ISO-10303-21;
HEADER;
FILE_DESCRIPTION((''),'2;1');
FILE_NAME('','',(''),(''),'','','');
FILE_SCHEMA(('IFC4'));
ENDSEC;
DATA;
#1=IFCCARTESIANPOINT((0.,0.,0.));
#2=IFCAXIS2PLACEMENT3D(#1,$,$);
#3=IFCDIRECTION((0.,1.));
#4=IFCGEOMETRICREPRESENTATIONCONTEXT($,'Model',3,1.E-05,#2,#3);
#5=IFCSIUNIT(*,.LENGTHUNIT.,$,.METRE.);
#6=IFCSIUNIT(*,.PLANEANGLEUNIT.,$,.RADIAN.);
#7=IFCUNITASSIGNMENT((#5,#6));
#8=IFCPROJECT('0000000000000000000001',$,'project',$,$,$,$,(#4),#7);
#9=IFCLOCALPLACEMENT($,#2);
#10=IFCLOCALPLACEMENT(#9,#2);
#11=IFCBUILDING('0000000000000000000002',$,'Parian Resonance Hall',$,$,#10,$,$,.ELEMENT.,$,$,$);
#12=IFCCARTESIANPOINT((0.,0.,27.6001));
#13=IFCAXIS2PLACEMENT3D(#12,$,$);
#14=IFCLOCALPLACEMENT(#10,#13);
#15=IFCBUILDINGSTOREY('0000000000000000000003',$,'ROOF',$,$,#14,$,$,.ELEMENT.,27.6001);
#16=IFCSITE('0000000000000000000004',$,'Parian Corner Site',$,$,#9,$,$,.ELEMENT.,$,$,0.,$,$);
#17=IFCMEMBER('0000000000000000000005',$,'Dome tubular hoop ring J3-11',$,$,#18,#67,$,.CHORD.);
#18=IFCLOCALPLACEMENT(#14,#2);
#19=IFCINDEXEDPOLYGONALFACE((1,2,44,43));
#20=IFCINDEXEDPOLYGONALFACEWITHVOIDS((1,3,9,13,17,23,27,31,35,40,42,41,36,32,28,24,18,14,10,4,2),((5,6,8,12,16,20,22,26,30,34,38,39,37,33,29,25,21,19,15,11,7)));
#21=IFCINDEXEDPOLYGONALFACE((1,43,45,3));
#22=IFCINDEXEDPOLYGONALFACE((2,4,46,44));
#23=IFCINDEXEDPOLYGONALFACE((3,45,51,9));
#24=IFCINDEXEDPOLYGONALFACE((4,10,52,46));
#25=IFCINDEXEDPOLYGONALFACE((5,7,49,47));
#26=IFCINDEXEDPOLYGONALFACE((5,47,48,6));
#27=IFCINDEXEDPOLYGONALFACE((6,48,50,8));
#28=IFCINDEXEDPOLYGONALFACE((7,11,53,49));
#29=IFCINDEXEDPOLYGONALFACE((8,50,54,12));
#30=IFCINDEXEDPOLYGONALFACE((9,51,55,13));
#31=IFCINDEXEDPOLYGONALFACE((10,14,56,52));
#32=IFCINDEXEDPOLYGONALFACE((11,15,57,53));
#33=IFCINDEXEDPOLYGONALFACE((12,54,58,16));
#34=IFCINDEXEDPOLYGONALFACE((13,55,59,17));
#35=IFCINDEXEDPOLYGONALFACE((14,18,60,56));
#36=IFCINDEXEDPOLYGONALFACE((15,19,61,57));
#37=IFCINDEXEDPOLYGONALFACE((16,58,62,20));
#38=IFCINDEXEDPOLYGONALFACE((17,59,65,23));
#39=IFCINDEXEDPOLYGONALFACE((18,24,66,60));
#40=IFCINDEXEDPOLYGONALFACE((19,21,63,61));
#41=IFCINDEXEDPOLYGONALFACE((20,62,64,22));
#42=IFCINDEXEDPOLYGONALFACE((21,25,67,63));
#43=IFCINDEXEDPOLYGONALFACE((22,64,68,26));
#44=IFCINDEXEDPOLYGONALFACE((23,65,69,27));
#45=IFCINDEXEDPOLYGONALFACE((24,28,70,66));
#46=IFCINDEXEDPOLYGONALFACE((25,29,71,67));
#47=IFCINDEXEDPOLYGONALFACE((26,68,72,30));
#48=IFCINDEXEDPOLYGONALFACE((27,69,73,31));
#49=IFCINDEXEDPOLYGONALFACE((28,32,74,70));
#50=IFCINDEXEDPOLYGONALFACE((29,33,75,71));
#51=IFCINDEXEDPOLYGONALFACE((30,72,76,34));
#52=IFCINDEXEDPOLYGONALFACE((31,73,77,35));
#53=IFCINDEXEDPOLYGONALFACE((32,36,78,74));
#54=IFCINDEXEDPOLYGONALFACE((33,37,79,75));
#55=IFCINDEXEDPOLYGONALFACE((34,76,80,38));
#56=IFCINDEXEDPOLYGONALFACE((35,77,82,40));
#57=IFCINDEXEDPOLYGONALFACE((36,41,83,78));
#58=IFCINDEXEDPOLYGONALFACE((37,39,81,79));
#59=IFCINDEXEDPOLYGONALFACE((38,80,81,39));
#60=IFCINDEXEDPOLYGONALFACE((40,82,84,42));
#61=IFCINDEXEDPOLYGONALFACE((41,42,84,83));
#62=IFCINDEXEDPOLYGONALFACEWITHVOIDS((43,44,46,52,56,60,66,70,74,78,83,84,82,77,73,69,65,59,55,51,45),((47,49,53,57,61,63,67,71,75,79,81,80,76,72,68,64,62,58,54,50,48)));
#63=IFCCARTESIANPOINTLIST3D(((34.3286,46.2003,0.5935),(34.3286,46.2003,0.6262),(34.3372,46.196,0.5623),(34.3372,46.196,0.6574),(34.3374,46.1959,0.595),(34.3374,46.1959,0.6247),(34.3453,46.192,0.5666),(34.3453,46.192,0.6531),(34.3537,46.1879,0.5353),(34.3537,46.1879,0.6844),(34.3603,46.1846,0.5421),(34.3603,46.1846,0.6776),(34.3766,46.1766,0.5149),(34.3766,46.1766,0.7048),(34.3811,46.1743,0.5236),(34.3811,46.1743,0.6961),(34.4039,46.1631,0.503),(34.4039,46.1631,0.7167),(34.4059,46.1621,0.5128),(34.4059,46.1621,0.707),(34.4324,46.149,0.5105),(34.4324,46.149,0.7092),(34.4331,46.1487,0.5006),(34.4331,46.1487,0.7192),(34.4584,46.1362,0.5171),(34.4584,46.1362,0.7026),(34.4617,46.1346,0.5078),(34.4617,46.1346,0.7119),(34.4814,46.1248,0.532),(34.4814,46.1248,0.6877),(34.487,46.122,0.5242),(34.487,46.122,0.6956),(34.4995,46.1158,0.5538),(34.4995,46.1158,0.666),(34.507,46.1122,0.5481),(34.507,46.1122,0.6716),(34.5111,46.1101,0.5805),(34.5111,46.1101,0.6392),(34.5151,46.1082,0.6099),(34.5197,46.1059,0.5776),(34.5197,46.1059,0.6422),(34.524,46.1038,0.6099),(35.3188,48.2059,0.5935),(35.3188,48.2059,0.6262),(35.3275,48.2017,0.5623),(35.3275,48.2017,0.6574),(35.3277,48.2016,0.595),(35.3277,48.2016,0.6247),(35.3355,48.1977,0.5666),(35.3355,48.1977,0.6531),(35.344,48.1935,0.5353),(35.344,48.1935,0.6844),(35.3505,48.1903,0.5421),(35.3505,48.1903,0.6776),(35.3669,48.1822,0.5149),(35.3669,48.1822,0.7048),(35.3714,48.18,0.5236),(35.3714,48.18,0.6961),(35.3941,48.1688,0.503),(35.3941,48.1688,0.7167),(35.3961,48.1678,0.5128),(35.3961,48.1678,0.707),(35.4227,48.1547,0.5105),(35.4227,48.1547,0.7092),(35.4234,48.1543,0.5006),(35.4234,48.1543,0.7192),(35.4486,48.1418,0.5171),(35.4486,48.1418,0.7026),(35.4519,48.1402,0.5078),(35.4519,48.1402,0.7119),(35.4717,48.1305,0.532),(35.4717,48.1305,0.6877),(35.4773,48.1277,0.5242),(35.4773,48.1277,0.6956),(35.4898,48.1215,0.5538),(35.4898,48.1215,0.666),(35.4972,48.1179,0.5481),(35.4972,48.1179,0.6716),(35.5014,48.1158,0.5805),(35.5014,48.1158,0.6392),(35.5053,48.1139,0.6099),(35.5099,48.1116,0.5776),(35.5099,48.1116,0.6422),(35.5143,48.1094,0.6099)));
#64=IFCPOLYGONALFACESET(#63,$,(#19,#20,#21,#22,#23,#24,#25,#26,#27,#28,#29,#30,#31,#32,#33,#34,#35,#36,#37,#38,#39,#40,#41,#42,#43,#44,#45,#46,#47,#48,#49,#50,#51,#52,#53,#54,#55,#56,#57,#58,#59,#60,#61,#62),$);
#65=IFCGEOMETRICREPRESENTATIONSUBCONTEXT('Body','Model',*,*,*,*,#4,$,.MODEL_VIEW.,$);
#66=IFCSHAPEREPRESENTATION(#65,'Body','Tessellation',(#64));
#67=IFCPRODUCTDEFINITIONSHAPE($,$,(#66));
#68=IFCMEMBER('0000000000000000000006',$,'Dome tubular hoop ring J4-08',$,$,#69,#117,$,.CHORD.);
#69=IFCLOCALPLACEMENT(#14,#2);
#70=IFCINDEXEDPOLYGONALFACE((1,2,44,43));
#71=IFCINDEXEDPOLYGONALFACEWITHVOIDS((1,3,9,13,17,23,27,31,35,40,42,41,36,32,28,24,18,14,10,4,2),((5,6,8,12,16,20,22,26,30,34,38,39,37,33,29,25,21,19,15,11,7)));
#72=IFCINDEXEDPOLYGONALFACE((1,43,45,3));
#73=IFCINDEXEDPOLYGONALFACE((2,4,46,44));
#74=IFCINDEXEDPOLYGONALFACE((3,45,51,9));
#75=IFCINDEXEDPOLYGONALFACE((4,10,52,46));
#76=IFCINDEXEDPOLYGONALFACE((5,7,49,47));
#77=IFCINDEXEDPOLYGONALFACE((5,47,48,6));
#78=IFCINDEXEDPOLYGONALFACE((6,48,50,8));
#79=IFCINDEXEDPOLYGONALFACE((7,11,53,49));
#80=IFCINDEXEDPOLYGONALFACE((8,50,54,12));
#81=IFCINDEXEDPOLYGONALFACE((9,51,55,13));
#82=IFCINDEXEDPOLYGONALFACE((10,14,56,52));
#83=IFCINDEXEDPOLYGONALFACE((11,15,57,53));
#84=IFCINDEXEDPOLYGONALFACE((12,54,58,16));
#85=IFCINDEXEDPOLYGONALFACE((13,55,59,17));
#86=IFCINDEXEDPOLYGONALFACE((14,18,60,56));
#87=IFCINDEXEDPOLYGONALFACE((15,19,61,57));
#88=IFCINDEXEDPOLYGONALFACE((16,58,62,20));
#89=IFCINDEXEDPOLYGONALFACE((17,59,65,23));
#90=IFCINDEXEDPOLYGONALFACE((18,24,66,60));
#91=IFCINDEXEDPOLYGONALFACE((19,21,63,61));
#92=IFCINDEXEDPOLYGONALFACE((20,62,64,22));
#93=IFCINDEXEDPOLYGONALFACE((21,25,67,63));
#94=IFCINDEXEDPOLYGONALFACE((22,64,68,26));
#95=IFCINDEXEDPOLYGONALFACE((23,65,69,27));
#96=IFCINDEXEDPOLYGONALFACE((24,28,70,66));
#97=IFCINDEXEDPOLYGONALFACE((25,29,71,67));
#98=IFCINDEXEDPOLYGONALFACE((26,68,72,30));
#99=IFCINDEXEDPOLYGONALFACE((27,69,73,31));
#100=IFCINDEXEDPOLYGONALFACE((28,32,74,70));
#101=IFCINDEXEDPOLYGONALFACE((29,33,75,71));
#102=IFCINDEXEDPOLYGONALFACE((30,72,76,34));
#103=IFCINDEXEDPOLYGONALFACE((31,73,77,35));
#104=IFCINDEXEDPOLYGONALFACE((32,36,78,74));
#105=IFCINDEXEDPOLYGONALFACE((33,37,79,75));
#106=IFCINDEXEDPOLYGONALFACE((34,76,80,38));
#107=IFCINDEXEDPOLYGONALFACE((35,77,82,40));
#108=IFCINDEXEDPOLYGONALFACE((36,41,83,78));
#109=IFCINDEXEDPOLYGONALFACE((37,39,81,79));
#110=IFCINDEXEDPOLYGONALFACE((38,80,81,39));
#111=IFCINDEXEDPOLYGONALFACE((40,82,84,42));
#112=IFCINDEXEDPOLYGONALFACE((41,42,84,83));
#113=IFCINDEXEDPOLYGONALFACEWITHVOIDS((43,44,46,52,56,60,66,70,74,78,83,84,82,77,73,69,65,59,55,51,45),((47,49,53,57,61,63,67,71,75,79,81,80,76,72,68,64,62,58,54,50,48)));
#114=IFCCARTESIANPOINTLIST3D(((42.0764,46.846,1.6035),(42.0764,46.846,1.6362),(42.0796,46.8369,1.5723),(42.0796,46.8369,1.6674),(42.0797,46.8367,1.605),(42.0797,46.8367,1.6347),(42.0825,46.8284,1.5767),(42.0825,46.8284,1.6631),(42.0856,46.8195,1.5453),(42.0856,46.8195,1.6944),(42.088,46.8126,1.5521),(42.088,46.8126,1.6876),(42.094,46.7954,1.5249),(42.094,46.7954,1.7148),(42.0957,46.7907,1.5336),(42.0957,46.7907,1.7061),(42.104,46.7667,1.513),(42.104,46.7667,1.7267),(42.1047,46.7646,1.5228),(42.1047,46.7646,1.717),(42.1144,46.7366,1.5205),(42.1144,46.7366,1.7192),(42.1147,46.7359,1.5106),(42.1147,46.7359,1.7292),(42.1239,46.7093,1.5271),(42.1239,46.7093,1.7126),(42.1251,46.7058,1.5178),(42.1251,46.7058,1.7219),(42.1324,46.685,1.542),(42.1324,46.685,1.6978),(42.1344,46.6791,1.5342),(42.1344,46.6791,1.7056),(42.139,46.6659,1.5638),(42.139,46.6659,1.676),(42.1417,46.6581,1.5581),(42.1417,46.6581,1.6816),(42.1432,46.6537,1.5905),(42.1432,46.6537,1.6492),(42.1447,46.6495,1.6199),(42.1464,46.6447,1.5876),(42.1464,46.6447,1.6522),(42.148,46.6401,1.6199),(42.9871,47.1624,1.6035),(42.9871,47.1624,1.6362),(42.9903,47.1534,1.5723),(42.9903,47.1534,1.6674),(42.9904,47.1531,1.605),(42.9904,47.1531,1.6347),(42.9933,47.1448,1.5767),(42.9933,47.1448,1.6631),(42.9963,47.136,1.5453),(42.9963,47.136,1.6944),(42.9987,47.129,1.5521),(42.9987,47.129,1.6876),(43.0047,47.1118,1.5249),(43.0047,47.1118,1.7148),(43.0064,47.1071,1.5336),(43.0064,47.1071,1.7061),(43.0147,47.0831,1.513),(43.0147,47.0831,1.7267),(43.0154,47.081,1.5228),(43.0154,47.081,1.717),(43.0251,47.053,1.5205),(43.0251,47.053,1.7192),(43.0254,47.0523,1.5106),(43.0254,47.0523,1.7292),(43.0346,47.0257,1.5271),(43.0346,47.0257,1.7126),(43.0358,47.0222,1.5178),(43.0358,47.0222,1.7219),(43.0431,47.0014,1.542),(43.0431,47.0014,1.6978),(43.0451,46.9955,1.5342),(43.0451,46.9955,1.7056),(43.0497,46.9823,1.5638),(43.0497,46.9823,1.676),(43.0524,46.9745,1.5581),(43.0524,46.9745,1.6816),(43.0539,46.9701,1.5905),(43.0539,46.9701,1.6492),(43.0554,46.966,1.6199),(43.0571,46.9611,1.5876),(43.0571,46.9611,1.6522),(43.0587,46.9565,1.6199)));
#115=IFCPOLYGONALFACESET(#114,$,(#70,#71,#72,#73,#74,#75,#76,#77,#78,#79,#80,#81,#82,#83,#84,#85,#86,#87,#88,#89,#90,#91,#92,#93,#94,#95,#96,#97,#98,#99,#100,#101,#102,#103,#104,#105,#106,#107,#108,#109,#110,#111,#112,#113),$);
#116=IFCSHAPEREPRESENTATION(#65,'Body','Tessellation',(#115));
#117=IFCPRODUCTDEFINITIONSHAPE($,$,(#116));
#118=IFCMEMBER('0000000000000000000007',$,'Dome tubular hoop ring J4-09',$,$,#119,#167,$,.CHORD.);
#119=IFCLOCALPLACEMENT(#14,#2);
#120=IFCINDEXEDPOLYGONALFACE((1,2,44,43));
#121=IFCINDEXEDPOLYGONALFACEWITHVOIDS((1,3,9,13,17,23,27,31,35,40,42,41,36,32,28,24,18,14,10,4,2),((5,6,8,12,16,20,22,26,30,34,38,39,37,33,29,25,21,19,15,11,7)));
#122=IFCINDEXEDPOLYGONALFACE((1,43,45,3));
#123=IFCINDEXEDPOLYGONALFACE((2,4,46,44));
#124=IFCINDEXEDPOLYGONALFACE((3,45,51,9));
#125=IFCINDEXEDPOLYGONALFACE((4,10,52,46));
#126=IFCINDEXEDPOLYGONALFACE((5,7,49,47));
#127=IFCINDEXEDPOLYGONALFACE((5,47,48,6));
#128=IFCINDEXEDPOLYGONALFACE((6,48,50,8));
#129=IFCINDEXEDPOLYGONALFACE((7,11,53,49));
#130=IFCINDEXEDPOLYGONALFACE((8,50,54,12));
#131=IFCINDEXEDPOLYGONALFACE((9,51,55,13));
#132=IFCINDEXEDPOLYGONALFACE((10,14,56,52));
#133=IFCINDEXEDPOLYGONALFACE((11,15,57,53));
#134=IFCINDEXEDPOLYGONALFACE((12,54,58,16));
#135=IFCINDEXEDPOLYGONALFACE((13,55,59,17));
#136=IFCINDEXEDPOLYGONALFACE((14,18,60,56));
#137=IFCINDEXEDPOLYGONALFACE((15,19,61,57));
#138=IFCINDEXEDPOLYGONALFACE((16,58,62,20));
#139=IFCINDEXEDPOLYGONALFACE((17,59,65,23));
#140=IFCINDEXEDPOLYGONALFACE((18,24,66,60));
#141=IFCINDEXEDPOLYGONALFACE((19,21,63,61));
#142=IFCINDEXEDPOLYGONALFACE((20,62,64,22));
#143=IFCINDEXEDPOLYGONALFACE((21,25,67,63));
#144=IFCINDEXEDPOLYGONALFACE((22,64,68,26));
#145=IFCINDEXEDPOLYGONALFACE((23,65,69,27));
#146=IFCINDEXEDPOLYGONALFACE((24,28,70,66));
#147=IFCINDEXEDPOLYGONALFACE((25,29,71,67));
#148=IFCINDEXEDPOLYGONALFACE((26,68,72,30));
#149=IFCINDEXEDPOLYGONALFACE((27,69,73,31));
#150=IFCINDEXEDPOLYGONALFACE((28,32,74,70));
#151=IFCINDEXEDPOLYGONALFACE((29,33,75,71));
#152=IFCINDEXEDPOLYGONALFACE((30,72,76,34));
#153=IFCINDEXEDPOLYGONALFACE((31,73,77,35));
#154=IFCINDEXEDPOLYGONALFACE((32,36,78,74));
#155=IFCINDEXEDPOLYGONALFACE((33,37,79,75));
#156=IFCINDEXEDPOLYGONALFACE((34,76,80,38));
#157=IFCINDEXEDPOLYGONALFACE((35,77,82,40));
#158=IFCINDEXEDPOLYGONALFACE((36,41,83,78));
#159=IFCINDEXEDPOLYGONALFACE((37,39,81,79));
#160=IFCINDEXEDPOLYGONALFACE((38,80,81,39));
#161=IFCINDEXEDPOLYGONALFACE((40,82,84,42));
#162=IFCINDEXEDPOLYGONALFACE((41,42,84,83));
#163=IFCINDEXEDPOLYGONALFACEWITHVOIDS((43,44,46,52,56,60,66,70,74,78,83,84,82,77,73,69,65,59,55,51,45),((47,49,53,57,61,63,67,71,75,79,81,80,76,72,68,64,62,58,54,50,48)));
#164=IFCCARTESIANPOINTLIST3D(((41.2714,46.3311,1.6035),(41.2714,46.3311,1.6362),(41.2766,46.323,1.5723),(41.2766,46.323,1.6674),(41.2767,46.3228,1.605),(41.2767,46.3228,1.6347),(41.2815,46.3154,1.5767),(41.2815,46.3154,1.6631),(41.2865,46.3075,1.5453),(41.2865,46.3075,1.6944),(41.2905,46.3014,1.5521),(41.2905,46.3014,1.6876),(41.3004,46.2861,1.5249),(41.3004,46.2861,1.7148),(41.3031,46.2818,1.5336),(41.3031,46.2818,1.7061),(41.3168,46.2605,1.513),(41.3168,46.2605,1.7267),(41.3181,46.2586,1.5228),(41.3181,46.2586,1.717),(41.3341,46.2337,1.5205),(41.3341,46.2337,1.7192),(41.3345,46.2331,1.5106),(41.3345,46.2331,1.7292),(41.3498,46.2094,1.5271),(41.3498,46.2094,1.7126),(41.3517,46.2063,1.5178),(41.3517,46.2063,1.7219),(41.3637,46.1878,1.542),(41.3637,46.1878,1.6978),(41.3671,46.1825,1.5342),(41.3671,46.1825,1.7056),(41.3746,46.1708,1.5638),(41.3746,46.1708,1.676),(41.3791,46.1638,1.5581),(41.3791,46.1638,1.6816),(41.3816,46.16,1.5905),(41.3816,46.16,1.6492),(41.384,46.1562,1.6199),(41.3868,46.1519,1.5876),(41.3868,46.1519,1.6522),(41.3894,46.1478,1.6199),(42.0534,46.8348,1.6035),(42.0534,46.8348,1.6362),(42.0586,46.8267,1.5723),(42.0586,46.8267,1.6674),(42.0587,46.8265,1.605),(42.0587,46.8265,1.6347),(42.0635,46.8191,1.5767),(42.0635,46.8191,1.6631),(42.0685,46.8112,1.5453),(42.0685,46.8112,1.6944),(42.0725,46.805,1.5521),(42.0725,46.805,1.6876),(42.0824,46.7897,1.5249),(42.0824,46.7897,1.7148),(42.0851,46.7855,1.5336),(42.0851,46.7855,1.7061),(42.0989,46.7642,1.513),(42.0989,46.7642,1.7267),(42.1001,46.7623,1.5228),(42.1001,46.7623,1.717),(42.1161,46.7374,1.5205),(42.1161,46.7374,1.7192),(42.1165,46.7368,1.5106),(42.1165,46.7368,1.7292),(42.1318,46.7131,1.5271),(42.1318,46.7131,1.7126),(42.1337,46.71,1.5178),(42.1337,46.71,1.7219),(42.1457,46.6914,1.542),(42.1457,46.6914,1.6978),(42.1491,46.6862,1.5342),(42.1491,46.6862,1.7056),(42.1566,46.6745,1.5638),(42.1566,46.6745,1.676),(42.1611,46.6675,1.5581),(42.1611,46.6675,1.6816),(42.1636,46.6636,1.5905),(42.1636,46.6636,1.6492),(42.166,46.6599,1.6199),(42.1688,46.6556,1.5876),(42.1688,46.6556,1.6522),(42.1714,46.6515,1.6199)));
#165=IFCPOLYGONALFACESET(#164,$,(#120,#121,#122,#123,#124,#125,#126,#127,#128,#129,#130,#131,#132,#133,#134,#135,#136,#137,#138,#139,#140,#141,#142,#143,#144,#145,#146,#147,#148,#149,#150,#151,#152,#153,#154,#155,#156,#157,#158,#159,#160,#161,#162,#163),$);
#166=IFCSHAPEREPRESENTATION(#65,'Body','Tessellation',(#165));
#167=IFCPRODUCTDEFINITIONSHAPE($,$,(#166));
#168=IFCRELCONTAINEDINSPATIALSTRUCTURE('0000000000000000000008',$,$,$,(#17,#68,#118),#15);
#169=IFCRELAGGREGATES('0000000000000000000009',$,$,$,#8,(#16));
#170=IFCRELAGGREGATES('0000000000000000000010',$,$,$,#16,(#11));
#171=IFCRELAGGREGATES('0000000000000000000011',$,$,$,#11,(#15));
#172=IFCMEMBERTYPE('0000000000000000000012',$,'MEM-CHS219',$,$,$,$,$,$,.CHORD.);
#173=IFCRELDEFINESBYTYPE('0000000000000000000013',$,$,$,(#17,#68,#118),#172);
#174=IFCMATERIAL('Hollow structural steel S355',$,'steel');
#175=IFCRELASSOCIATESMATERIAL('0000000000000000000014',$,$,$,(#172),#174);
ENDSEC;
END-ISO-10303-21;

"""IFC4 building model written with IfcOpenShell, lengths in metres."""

from ifc_helpers import new_model, si_unit, direction, frame, origin, origin_2d, place, context, subcontext, project, spatial, hollow_circle, extrude, material, material_profile, profile_set, type_object, element, save


model = new_model("IFC4")

# Units and contexts
model_context = context("Model", 3, precision=1e-05, world=origin(), true_north=direction((0.0, 1.0)))
body_context = subcontext(model_context, "Body", "Model", "MODEL_VIEW")
ifc_project = project(units=[si_unit("LENGTHUNIT", "METRE"), si_unit("PLANEANGLEUNIT", "RADIAN")], contexts=[model_context])

# Site, building, storey
site_placement = place(None, origin())
site = spatial("IfcSite", under=ifc_project, at=site_placement, Name="Parian Corner Site", CompositionType="ELEMENT", RefElevation=0.0)
building_placement = place(site_placement, origin())
building = spatial("IfcBuilding", under=site, at=building_placement, Name="Parian Resonance Hall", CompositionType="ELEMENT")
storey_placement = place(building_placement, frame((0.0, 0.0, 27.6001)))
storey = spatial("IfcBuildingStorey", under=building, at=storey_placement, Name="ROOF", CompositionType="ELEMENT", Elevation=27.6001)

# Members
ifc_material_1 = material(Name="Hollow structural steel S355", Category="steel")
ifc_material_profile_1 = material_profile(ifc_material_1, hollow_circle(Radius=0.1096, WallThickness=0.01, at=origin_2d()), Name="CHS219.1x10")
ifc_profile_set_1 = profile_set([ifc_material_profile_1], Name="Hollow structural steel S355")
member_type_1 = type_object("IfcMemberType", Name="MEM-CHS219", PredefinedType="CHORD", material=ifc_profile_set_1)
member_1_placement = place(storey_placement, frame((35.416, 48.158, 0.6099), z_axis=(-0.442711, -0.896664, 0.0), x_axis=(0.896664, -0.442711, 0.0)))
element("IfcMember", 1, at=member_1_placement, inside=storey, type_object=member_type_1, Name="Dome tubular hoop ring J3-11", PredefinedType="CHORD", context=body_context, shape_type="SweptSolid", body=[
    extrude(hollow_circle(Radius=0.1096, WallThickness=0.01, at=origin_2d()), origin(), (0.0, 0.0, 1.0), 2.2368),
])
member_2_placement = place(storey_placement, frame((43.0227, 47.0601, 1.6199), z_axis=(-0.944606, -0.328206, 0.0), x_axis=(0.328206, -0.944606, 0.0)))
element("IfcMember", 2, at=member_2_placement, inside=storey, type_object=member_type_1, Name="Dome tubular hoop ring J4-08", PredefinedType="CHORD", context=body_context, shape_type="SweptSolid", body=[
    extrude(hollow_circle(Radius=0.1096, WallThickness=0.01, at=origin_2d()), origin(), (0.0, 0.0, 1.0), 0.9641),
])
member_3_placement = place(storey_placement, frame((42.1121, 46.7437, 1.6199), z_axis=(-0.840709, -0.541487, 0.0), x_axis=(0.541487, -0.840709, 0.0)))
element("IfcMember", 3, at=member_3_placement, inside=storey, type_object=member_type_1, Name="Dome tubular hoop ring J4-09", PredefinedType="CHORD", context=body_context, shape_type="SweptSolid", body=[
    extrude(hollow_circle(Radius=0.1096, WallThickness=0.01, at=origin_2d()), origin(), (0.0, 0.0, 1.0), 0.9302),
])

save(model, "model.ifc")
